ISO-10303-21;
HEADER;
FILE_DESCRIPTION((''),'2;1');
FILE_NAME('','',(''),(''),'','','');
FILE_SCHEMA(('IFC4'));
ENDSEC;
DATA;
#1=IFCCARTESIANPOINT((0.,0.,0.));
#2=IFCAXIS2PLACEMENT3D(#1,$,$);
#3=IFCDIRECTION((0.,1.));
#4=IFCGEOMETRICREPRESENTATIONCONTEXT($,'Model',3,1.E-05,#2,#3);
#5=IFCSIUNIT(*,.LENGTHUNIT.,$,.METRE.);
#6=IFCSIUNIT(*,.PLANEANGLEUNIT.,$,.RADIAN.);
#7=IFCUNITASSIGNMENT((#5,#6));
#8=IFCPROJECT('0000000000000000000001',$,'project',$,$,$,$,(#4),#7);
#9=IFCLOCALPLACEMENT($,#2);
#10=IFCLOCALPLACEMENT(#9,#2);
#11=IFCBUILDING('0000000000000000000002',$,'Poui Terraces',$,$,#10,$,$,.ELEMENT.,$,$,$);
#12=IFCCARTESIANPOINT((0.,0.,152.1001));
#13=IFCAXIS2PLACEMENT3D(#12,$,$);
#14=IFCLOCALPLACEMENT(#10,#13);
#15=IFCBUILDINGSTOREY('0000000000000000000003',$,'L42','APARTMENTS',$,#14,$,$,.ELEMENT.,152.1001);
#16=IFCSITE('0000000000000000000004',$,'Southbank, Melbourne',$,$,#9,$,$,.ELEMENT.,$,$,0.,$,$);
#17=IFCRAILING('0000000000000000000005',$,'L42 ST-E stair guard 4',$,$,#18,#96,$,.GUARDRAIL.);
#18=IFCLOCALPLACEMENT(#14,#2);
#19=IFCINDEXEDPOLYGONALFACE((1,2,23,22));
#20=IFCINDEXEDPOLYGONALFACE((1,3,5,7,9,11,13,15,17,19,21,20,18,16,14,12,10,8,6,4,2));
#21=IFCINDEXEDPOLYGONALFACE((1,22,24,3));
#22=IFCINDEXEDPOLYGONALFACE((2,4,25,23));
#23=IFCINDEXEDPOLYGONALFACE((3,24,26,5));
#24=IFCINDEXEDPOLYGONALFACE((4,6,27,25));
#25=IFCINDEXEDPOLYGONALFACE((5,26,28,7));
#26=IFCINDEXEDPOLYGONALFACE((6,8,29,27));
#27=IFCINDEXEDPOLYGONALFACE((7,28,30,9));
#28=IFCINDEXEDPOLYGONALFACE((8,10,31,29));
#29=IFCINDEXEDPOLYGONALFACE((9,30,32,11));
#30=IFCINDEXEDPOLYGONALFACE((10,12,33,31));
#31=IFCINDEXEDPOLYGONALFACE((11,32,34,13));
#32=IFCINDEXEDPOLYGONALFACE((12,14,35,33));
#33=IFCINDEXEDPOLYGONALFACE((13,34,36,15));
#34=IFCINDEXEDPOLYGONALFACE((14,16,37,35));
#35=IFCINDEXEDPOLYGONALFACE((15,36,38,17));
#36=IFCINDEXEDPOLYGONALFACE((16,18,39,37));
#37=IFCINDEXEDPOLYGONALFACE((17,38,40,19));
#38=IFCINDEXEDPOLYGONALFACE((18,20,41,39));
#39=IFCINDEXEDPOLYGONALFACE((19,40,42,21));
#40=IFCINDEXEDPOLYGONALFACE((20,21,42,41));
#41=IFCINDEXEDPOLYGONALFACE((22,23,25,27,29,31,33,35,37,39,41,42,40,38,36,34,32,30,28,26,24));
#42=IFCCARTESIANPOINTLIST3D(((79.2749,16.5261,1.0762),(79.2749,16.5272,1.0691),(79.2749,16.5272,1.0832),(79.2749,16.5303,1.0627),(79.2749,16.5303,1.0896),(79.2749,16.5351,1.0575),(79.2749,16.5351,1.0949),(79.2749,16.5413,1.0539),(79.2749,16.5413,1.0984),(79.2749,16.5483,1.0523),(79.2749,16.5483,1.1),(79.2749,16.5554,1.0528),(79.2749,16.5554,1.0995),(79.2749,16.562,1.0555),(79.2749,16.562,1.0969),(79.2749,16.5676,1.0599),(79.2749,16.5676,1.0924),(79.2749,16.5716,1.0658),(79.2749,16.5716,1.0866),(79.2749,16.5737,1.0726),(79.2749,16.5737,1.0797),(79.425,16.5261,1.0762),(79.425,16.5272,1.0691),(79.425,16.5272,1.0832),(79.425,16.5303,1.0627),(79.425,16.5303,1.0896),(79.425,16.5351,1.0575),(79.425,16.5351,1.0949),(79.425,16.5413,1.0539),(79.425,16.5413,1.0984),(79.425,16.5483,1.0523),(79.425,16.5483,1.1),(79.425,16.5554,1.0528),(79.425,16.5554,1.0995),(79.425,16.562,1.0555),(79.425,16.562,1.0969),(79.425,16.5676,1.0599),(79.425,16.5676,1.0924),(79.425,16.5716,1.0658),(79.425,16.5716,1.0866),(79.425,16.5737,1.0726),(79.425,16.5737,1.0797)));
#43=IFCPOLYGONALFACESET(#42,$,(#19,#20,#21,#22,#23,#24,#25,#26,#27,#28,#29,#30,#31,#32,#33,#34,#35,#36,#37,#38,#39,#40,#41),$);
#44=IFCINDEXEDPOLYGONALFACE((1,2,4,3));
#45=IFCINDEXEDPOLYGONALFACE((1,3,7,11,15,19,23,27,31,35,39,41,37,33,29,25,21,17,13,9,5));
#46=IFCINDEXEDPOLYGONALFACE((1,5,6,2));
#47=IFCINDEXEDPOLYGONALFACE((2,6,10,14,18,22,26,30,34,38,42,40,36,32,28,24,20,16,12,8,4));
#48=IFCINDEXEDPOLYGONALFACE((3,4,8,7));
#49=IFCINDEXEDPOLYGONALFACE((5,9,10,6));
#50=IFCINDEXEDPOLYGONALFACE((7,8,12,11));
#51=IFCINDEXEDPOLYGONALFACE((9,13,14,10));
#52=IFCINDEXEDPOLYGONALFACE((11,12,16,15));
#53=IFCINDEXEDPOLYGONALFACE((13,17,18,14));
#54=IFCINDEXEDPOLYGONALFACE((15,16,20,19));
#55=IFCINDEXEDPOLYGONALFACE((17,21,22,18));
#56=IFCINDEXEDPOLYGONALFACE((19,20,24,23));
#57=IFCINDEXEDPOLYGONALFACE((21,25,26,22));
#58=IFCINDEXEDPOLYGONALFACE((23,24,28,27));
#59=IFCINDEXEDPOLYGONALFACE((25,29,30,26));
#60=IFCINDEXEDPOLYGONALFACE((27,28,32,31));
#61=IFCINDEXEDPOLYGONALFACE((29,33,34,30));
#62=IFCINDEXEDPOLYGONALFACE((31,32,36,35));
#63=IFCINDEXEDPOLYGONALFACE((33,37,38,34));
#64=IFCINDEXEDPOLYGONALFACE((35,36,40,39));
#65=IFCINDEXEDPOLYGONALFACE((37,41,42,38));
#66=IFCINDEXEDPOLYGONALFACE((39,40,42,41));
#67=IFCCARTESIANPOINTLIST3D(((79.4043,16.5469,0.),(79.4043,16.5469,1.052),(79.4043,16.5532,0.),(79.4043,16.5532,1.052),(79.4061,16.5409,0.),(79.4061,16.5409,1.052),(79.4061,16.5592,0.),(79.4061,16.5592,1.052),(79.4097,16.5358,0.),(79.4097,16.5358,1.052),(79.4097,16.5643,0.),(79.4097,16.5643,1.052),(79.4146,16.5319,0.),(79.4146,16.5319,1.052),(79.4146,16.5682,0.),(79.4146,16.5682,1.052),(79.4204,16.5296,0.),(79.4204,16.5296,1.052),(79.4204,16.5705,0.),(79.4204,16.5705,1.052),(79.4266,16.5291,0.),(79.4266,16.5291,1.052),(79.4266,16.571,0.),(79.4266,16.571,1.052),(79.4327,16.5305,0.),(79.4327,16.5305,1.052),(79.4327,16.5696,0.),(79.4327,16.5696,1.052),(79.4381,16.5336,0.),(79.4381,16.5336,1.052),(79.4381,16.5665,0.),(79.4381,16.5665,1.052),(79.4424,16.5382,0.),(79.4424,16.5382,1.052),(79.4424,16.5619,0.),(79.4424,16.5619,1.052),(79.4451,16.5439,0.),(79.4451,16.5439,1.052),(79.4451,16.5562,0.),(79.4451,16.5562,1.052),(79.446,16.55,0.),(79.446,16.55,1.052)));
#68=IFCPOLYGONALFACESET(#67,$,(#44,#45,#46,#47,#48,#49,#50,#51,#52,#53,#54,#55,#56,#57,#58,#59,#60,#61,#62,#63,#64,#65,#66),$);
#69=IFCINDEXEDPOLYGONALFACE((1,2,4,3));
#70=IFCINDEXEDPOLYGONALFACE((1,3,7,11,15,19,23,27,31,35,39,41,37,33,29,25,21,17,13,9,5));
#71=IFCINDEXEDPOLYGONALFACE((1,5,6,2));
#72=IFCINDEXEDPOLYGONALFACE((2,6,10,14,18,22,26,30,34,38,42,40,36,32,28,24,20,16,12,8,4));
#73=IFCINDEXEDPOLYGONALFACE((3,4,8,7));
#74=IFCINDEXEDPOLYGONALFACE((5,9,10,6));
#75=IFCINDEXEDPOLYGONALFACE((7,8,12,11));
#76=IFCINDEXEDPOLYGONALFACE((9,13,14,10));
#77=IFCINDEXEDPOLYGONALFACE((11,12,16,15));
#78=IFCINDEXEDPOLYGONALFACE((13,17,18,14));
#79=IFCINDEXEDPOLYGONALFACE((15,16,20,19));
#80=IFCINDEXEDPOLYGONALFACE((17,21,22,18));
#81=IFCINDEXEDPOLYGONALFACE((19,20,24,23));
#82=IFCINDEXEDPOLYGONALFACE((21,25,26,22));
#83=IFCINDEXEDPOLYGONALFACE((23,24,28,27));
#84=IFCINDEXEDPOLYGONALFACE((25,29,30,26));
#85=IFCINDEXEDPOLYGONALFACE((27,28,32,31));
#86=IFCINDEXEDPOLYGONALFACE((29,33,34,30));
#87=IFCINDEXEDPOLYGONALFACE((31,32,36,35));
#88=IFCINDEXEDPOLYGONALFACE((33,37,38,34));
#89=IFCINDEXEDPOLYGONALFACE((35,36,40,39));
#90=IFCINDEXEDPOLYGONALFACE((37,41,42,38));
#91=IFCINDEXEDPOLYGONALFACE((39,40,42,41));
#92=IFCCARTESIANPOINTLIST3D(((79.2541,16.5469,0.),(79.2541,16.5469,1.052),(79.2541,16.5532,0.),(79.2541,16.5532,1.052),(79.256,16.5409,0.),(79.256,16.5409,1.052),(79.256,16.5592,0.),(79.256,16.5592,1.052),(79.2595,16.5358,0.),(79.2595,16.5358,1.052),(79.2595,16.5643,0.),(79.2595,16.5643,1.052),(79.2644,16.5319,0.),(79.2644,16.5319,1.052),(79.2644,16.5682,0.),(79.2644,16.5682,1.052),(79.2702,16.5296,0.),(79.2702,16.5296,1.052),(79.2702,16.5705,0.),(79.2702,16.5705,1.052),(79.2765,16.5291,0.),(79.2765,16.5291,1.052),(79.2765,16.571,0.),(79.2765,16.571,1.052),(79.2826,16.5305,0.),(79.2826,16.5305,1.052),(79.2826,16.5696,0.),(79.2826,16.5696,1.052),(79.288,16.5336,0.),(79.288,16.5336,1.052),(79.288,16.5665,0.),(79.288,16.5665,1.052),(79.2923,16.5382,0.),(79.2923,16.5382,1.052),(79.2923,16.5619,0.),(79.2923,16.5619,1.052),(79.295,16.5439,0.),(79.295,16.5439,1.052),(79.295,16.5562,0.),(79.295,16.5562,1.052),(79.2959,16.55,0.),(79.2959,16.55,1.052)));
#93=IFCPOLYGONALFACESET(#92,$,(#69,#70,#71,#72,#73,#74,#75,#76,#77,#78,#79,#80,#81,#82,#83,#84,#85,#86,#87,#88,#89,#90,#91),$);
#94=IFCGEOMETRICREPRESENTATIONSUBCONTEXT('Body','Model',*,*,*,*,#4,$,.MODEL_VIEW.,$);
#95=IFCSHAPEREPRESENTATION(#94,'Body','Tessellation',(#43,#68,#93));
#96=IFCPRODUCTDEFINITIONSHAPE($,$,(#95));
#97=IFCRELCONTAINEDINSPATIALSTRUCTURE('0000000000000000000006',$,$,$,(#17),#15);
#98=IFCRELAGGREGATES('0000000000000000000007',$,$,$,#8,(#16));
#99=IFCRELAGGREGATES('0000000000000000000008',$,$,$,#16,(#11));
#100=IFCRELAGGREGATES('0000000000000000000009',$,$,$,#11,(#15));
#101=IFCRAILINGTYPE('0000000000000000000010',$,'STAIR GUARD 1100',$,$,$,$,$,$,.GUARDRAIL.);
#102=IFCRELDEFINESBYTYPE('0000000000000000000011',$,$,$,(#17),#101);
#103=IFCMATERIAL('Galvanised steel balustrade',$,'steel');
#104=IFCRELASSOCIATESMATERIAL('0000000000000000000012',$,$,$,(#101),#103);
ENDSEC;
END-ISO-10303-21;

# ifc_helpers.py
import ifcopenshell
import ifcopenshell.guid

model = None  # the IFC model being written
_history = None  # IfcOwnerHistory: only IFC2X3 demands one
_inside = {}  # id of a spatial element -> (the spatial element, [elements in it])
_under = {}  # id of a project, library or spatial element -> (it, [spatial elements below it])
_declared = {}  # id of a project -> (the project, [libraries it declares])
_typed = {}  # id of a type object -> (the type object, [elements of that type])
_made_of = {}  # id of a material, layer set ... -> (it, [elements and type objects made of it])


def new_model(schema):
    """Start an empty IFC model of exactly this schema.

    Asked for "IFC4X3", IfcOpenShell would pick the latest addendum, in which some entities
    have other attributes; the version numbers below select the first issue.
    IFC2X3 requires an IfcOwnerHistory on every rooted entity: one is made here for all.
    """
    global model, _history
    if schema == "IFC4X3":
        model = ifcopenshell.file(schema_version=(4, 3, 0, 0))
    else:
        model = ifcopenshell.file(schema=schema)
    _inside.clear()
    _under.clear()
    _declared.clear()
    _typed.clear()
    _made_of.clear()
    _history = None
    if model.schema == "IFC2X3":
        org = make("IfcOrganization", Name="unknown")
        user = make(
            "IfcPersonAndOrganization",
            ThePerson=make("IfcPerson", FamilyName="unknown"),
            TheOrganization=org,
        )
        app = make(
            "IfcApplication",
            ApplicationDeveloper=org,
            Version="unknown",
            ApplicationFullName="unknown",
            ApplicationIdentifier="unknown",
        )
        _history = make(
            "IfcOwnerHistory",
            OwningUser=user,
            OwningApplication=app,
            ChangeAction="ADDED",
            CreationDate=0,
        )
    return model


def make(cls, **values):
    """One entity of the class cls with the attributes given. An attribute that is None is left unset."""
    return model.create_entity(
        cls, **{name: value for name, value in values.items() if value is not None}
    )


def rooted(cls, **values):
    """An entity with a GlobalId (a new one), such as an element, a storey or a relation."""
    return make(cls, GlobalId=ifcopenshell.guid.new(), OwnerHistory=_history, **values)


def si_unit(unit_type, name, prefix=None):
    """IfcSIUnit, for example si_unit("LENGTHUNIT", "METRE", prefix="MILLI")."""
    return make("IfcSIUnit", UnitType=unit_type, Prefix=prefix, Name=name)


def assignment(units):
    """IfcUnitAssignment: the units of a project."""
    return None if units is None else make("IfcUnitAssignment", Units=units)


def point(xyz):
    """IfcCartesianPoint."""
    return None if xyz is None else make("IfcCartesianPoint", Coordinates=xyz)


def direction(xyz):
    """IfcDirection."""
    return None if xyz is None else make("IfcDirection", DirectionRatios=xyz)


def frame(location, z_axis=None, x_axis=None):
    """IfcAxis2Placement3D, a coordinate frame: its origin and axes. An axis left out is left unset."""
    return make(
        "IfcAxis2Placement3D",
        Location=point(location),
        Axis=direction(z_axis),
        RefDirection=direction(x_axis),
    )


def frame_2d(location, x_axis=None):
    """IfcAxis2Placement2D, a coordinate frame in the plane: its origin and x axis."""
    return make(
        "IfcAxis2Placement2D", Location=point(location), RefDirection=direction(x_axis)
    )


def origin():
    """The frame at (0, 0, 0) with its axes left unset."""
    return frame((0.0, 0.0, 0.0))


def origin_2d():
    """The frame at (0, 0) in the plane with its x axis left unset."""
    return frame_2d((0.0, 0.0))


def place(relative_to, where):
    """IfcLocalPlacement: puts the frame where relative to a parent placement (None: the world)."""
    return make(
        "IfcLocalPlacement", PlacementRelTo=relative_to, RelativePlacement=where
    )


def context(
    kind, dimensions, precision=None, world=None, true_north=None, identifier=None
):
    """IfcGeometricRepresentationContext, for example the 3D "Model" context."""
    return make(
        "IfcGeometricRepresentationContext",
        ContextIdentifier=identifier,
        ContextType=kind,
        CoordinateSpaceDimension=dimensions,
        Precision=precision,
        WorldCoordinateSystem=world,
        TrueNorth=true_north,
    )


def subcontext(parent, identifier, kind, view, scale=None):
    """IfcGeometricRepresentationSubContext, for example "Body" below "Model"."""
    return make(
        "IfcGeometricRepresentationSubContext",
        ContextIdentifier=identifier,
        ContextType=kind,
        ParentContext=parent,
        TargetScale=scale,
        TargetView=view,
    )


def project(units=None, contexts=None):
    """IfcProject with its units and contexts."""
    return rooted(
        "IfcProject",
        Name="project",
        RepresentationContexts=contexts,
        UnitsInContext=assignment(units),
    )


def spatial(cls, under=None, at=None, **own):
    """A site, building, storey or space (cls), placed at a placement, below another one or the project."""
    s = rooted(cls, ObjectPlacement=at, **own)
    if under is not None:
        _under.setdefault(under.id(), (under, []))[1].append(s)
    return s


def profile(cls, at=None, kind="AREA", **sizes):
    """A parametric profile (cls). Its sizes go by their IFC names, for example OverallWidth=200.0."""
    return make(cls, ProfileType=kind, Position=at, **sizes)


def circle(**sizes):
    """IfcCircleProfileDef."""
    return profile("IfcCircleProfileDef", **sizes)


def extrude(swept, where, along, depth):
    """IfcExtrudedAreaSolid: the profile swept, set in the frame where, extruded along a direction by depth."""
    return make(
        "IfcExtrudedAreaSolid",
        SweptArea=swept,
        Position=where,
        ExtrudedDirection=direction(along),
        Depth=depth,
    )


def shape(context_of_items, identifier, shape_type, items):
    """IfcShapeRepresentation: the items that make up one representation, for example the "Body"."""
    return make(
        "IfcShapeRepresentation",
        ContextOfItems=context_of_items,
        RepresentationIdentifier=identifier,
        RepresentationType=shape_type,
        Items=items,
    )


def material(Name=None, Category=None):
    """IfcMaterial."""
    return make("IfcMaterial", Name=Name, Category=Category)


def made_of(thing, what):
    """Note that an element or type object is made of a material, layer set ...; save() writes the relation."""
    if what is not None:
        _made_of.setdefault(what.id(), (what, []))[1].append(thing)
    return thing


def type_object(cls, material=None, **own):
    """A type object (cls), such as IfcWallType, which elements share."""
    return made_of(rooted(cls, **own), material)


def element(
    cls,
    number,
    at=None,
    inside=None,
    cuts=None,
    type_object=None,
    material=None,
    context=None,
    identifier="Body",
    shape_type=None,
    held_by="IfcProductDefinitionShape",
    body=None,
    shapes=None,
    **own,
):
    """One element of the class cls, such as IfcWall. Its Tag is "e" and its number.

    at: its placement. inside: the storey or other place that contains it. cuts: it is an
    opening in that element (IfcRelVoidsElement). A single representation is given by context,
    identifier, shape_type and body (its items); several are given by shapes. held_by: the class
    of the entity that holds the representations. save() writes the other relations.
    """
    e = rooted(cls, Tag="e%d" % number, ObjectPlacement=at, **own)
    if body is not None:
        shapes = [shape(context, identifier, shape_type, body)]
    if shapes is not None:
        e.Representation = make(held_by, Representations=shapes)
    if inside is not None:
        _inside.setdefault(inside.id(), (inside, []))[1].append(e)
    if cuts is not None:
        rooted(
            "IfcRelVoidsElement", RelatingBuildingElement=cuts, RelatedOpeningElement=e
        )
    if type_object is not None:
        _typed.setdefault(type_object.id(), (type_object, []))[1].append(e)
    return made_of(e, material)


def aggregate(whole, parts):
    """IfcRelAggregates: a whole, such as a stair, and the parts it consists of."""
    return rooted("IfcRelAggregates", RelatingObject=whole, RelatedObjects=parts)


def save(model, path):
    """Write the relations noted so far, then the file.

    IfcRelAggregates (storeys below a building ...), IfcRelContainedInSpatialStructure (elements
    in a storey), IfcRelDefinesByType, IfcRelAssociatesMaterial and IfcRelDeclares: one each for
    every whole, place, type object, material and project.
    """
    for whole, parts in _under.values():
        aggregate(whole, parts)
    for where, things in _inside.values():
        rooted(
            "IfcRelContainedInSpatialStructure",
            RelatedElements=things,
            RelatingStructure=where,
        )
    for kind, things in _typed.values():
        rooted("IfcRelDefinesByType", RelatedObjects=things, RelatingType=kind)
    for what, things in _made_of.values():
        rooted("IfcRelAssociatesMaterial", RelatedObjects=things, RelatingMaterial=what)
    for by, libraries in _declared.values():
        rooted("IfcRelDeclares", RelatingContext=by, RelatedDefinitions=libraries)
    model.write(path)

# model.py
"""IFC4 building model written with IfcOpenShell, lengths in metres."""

from ifc_helpers import new_model, si_unit, direction, frame, origin, origin_2d, place, context, subcontext, project, spatial, circle, extrude, material, type_object, element, save


model = new_model("IFC4")

# Units and contexts
model_context = context("Model", 3, precision=1e-05, world=origin(), true_north=direction((0.0, 1.0)))
body_context = subcontext(model_context, "Body", "Model", "MODEL_VIEW")
ifc_project = project(units=[si_unit("LENGTHUNIT", "METRE"), si_unit("PLANEANGLEUNIT", "RADIAN")], contexts=[model_context])

# Site, building, storey
site_placement = place(None, origin())
site = spatial("IfcSite", under=ifc_project, at=site_placement, Name="Southbank, Melbourne", CompositionType="ELEMENT", RefElevation=0.0)
building_placement = place(site_placement, origin())
building = spatial("IfcBuilding", under=site, at=building_placement, Name="Poui Terraces", CompositionType="ELEMENT")
storey_placement = place(building_placement, frame((0.0, 0.0, 152.1001)))
storey = spatial("IfcBuildingStorey", under=building, at=storey_placement, Name="L42", Description="APARTMENTS", CompositionType="ELEMENT", Elevation=152.1001)

# Railing
ifc_material_1 = material(Name="Galvanised steel balustrade", Category="steel")
railing_type_1 = type_object("IfcRailingType", Name="STAIR GUARD 1100", PredefinedType="GUARDRAIL", material=ifc_material_1)
railing_1_placement = place(storey_placement, frame((79.425, 16.55, 0.0)))
element("IfcRailing", 1, at=railing_1_placement, inside=storey, type_object=railing_type_1, Name="L42 ST-E stair guard 4", PredefinedType="GUARDRAIL", context=body_context, shape_type="SweptSolid", body=[
    extrude(circle(Radius=0.0239, at=origin_2d()), frame((0.0, 0.0, 1.0762), z_axis=(-1.0, 0.0, 0.0), x_axis=(0.0, -1.0, 0.0)), (0.0, 0.0, 1.0), 0.1501),
    extrude(circle(Radius=0.021, at=origin_2d()), origin(), (0.0, 0.0, 1.0), 1.052),
    extrude(circle(Radius=0.021, at=origin_2d()), frame((-0.1501, 0.0, 0.0)), (0.0, 0.0, 1.0), 1.052),
])

save(model, "model.ifc")
